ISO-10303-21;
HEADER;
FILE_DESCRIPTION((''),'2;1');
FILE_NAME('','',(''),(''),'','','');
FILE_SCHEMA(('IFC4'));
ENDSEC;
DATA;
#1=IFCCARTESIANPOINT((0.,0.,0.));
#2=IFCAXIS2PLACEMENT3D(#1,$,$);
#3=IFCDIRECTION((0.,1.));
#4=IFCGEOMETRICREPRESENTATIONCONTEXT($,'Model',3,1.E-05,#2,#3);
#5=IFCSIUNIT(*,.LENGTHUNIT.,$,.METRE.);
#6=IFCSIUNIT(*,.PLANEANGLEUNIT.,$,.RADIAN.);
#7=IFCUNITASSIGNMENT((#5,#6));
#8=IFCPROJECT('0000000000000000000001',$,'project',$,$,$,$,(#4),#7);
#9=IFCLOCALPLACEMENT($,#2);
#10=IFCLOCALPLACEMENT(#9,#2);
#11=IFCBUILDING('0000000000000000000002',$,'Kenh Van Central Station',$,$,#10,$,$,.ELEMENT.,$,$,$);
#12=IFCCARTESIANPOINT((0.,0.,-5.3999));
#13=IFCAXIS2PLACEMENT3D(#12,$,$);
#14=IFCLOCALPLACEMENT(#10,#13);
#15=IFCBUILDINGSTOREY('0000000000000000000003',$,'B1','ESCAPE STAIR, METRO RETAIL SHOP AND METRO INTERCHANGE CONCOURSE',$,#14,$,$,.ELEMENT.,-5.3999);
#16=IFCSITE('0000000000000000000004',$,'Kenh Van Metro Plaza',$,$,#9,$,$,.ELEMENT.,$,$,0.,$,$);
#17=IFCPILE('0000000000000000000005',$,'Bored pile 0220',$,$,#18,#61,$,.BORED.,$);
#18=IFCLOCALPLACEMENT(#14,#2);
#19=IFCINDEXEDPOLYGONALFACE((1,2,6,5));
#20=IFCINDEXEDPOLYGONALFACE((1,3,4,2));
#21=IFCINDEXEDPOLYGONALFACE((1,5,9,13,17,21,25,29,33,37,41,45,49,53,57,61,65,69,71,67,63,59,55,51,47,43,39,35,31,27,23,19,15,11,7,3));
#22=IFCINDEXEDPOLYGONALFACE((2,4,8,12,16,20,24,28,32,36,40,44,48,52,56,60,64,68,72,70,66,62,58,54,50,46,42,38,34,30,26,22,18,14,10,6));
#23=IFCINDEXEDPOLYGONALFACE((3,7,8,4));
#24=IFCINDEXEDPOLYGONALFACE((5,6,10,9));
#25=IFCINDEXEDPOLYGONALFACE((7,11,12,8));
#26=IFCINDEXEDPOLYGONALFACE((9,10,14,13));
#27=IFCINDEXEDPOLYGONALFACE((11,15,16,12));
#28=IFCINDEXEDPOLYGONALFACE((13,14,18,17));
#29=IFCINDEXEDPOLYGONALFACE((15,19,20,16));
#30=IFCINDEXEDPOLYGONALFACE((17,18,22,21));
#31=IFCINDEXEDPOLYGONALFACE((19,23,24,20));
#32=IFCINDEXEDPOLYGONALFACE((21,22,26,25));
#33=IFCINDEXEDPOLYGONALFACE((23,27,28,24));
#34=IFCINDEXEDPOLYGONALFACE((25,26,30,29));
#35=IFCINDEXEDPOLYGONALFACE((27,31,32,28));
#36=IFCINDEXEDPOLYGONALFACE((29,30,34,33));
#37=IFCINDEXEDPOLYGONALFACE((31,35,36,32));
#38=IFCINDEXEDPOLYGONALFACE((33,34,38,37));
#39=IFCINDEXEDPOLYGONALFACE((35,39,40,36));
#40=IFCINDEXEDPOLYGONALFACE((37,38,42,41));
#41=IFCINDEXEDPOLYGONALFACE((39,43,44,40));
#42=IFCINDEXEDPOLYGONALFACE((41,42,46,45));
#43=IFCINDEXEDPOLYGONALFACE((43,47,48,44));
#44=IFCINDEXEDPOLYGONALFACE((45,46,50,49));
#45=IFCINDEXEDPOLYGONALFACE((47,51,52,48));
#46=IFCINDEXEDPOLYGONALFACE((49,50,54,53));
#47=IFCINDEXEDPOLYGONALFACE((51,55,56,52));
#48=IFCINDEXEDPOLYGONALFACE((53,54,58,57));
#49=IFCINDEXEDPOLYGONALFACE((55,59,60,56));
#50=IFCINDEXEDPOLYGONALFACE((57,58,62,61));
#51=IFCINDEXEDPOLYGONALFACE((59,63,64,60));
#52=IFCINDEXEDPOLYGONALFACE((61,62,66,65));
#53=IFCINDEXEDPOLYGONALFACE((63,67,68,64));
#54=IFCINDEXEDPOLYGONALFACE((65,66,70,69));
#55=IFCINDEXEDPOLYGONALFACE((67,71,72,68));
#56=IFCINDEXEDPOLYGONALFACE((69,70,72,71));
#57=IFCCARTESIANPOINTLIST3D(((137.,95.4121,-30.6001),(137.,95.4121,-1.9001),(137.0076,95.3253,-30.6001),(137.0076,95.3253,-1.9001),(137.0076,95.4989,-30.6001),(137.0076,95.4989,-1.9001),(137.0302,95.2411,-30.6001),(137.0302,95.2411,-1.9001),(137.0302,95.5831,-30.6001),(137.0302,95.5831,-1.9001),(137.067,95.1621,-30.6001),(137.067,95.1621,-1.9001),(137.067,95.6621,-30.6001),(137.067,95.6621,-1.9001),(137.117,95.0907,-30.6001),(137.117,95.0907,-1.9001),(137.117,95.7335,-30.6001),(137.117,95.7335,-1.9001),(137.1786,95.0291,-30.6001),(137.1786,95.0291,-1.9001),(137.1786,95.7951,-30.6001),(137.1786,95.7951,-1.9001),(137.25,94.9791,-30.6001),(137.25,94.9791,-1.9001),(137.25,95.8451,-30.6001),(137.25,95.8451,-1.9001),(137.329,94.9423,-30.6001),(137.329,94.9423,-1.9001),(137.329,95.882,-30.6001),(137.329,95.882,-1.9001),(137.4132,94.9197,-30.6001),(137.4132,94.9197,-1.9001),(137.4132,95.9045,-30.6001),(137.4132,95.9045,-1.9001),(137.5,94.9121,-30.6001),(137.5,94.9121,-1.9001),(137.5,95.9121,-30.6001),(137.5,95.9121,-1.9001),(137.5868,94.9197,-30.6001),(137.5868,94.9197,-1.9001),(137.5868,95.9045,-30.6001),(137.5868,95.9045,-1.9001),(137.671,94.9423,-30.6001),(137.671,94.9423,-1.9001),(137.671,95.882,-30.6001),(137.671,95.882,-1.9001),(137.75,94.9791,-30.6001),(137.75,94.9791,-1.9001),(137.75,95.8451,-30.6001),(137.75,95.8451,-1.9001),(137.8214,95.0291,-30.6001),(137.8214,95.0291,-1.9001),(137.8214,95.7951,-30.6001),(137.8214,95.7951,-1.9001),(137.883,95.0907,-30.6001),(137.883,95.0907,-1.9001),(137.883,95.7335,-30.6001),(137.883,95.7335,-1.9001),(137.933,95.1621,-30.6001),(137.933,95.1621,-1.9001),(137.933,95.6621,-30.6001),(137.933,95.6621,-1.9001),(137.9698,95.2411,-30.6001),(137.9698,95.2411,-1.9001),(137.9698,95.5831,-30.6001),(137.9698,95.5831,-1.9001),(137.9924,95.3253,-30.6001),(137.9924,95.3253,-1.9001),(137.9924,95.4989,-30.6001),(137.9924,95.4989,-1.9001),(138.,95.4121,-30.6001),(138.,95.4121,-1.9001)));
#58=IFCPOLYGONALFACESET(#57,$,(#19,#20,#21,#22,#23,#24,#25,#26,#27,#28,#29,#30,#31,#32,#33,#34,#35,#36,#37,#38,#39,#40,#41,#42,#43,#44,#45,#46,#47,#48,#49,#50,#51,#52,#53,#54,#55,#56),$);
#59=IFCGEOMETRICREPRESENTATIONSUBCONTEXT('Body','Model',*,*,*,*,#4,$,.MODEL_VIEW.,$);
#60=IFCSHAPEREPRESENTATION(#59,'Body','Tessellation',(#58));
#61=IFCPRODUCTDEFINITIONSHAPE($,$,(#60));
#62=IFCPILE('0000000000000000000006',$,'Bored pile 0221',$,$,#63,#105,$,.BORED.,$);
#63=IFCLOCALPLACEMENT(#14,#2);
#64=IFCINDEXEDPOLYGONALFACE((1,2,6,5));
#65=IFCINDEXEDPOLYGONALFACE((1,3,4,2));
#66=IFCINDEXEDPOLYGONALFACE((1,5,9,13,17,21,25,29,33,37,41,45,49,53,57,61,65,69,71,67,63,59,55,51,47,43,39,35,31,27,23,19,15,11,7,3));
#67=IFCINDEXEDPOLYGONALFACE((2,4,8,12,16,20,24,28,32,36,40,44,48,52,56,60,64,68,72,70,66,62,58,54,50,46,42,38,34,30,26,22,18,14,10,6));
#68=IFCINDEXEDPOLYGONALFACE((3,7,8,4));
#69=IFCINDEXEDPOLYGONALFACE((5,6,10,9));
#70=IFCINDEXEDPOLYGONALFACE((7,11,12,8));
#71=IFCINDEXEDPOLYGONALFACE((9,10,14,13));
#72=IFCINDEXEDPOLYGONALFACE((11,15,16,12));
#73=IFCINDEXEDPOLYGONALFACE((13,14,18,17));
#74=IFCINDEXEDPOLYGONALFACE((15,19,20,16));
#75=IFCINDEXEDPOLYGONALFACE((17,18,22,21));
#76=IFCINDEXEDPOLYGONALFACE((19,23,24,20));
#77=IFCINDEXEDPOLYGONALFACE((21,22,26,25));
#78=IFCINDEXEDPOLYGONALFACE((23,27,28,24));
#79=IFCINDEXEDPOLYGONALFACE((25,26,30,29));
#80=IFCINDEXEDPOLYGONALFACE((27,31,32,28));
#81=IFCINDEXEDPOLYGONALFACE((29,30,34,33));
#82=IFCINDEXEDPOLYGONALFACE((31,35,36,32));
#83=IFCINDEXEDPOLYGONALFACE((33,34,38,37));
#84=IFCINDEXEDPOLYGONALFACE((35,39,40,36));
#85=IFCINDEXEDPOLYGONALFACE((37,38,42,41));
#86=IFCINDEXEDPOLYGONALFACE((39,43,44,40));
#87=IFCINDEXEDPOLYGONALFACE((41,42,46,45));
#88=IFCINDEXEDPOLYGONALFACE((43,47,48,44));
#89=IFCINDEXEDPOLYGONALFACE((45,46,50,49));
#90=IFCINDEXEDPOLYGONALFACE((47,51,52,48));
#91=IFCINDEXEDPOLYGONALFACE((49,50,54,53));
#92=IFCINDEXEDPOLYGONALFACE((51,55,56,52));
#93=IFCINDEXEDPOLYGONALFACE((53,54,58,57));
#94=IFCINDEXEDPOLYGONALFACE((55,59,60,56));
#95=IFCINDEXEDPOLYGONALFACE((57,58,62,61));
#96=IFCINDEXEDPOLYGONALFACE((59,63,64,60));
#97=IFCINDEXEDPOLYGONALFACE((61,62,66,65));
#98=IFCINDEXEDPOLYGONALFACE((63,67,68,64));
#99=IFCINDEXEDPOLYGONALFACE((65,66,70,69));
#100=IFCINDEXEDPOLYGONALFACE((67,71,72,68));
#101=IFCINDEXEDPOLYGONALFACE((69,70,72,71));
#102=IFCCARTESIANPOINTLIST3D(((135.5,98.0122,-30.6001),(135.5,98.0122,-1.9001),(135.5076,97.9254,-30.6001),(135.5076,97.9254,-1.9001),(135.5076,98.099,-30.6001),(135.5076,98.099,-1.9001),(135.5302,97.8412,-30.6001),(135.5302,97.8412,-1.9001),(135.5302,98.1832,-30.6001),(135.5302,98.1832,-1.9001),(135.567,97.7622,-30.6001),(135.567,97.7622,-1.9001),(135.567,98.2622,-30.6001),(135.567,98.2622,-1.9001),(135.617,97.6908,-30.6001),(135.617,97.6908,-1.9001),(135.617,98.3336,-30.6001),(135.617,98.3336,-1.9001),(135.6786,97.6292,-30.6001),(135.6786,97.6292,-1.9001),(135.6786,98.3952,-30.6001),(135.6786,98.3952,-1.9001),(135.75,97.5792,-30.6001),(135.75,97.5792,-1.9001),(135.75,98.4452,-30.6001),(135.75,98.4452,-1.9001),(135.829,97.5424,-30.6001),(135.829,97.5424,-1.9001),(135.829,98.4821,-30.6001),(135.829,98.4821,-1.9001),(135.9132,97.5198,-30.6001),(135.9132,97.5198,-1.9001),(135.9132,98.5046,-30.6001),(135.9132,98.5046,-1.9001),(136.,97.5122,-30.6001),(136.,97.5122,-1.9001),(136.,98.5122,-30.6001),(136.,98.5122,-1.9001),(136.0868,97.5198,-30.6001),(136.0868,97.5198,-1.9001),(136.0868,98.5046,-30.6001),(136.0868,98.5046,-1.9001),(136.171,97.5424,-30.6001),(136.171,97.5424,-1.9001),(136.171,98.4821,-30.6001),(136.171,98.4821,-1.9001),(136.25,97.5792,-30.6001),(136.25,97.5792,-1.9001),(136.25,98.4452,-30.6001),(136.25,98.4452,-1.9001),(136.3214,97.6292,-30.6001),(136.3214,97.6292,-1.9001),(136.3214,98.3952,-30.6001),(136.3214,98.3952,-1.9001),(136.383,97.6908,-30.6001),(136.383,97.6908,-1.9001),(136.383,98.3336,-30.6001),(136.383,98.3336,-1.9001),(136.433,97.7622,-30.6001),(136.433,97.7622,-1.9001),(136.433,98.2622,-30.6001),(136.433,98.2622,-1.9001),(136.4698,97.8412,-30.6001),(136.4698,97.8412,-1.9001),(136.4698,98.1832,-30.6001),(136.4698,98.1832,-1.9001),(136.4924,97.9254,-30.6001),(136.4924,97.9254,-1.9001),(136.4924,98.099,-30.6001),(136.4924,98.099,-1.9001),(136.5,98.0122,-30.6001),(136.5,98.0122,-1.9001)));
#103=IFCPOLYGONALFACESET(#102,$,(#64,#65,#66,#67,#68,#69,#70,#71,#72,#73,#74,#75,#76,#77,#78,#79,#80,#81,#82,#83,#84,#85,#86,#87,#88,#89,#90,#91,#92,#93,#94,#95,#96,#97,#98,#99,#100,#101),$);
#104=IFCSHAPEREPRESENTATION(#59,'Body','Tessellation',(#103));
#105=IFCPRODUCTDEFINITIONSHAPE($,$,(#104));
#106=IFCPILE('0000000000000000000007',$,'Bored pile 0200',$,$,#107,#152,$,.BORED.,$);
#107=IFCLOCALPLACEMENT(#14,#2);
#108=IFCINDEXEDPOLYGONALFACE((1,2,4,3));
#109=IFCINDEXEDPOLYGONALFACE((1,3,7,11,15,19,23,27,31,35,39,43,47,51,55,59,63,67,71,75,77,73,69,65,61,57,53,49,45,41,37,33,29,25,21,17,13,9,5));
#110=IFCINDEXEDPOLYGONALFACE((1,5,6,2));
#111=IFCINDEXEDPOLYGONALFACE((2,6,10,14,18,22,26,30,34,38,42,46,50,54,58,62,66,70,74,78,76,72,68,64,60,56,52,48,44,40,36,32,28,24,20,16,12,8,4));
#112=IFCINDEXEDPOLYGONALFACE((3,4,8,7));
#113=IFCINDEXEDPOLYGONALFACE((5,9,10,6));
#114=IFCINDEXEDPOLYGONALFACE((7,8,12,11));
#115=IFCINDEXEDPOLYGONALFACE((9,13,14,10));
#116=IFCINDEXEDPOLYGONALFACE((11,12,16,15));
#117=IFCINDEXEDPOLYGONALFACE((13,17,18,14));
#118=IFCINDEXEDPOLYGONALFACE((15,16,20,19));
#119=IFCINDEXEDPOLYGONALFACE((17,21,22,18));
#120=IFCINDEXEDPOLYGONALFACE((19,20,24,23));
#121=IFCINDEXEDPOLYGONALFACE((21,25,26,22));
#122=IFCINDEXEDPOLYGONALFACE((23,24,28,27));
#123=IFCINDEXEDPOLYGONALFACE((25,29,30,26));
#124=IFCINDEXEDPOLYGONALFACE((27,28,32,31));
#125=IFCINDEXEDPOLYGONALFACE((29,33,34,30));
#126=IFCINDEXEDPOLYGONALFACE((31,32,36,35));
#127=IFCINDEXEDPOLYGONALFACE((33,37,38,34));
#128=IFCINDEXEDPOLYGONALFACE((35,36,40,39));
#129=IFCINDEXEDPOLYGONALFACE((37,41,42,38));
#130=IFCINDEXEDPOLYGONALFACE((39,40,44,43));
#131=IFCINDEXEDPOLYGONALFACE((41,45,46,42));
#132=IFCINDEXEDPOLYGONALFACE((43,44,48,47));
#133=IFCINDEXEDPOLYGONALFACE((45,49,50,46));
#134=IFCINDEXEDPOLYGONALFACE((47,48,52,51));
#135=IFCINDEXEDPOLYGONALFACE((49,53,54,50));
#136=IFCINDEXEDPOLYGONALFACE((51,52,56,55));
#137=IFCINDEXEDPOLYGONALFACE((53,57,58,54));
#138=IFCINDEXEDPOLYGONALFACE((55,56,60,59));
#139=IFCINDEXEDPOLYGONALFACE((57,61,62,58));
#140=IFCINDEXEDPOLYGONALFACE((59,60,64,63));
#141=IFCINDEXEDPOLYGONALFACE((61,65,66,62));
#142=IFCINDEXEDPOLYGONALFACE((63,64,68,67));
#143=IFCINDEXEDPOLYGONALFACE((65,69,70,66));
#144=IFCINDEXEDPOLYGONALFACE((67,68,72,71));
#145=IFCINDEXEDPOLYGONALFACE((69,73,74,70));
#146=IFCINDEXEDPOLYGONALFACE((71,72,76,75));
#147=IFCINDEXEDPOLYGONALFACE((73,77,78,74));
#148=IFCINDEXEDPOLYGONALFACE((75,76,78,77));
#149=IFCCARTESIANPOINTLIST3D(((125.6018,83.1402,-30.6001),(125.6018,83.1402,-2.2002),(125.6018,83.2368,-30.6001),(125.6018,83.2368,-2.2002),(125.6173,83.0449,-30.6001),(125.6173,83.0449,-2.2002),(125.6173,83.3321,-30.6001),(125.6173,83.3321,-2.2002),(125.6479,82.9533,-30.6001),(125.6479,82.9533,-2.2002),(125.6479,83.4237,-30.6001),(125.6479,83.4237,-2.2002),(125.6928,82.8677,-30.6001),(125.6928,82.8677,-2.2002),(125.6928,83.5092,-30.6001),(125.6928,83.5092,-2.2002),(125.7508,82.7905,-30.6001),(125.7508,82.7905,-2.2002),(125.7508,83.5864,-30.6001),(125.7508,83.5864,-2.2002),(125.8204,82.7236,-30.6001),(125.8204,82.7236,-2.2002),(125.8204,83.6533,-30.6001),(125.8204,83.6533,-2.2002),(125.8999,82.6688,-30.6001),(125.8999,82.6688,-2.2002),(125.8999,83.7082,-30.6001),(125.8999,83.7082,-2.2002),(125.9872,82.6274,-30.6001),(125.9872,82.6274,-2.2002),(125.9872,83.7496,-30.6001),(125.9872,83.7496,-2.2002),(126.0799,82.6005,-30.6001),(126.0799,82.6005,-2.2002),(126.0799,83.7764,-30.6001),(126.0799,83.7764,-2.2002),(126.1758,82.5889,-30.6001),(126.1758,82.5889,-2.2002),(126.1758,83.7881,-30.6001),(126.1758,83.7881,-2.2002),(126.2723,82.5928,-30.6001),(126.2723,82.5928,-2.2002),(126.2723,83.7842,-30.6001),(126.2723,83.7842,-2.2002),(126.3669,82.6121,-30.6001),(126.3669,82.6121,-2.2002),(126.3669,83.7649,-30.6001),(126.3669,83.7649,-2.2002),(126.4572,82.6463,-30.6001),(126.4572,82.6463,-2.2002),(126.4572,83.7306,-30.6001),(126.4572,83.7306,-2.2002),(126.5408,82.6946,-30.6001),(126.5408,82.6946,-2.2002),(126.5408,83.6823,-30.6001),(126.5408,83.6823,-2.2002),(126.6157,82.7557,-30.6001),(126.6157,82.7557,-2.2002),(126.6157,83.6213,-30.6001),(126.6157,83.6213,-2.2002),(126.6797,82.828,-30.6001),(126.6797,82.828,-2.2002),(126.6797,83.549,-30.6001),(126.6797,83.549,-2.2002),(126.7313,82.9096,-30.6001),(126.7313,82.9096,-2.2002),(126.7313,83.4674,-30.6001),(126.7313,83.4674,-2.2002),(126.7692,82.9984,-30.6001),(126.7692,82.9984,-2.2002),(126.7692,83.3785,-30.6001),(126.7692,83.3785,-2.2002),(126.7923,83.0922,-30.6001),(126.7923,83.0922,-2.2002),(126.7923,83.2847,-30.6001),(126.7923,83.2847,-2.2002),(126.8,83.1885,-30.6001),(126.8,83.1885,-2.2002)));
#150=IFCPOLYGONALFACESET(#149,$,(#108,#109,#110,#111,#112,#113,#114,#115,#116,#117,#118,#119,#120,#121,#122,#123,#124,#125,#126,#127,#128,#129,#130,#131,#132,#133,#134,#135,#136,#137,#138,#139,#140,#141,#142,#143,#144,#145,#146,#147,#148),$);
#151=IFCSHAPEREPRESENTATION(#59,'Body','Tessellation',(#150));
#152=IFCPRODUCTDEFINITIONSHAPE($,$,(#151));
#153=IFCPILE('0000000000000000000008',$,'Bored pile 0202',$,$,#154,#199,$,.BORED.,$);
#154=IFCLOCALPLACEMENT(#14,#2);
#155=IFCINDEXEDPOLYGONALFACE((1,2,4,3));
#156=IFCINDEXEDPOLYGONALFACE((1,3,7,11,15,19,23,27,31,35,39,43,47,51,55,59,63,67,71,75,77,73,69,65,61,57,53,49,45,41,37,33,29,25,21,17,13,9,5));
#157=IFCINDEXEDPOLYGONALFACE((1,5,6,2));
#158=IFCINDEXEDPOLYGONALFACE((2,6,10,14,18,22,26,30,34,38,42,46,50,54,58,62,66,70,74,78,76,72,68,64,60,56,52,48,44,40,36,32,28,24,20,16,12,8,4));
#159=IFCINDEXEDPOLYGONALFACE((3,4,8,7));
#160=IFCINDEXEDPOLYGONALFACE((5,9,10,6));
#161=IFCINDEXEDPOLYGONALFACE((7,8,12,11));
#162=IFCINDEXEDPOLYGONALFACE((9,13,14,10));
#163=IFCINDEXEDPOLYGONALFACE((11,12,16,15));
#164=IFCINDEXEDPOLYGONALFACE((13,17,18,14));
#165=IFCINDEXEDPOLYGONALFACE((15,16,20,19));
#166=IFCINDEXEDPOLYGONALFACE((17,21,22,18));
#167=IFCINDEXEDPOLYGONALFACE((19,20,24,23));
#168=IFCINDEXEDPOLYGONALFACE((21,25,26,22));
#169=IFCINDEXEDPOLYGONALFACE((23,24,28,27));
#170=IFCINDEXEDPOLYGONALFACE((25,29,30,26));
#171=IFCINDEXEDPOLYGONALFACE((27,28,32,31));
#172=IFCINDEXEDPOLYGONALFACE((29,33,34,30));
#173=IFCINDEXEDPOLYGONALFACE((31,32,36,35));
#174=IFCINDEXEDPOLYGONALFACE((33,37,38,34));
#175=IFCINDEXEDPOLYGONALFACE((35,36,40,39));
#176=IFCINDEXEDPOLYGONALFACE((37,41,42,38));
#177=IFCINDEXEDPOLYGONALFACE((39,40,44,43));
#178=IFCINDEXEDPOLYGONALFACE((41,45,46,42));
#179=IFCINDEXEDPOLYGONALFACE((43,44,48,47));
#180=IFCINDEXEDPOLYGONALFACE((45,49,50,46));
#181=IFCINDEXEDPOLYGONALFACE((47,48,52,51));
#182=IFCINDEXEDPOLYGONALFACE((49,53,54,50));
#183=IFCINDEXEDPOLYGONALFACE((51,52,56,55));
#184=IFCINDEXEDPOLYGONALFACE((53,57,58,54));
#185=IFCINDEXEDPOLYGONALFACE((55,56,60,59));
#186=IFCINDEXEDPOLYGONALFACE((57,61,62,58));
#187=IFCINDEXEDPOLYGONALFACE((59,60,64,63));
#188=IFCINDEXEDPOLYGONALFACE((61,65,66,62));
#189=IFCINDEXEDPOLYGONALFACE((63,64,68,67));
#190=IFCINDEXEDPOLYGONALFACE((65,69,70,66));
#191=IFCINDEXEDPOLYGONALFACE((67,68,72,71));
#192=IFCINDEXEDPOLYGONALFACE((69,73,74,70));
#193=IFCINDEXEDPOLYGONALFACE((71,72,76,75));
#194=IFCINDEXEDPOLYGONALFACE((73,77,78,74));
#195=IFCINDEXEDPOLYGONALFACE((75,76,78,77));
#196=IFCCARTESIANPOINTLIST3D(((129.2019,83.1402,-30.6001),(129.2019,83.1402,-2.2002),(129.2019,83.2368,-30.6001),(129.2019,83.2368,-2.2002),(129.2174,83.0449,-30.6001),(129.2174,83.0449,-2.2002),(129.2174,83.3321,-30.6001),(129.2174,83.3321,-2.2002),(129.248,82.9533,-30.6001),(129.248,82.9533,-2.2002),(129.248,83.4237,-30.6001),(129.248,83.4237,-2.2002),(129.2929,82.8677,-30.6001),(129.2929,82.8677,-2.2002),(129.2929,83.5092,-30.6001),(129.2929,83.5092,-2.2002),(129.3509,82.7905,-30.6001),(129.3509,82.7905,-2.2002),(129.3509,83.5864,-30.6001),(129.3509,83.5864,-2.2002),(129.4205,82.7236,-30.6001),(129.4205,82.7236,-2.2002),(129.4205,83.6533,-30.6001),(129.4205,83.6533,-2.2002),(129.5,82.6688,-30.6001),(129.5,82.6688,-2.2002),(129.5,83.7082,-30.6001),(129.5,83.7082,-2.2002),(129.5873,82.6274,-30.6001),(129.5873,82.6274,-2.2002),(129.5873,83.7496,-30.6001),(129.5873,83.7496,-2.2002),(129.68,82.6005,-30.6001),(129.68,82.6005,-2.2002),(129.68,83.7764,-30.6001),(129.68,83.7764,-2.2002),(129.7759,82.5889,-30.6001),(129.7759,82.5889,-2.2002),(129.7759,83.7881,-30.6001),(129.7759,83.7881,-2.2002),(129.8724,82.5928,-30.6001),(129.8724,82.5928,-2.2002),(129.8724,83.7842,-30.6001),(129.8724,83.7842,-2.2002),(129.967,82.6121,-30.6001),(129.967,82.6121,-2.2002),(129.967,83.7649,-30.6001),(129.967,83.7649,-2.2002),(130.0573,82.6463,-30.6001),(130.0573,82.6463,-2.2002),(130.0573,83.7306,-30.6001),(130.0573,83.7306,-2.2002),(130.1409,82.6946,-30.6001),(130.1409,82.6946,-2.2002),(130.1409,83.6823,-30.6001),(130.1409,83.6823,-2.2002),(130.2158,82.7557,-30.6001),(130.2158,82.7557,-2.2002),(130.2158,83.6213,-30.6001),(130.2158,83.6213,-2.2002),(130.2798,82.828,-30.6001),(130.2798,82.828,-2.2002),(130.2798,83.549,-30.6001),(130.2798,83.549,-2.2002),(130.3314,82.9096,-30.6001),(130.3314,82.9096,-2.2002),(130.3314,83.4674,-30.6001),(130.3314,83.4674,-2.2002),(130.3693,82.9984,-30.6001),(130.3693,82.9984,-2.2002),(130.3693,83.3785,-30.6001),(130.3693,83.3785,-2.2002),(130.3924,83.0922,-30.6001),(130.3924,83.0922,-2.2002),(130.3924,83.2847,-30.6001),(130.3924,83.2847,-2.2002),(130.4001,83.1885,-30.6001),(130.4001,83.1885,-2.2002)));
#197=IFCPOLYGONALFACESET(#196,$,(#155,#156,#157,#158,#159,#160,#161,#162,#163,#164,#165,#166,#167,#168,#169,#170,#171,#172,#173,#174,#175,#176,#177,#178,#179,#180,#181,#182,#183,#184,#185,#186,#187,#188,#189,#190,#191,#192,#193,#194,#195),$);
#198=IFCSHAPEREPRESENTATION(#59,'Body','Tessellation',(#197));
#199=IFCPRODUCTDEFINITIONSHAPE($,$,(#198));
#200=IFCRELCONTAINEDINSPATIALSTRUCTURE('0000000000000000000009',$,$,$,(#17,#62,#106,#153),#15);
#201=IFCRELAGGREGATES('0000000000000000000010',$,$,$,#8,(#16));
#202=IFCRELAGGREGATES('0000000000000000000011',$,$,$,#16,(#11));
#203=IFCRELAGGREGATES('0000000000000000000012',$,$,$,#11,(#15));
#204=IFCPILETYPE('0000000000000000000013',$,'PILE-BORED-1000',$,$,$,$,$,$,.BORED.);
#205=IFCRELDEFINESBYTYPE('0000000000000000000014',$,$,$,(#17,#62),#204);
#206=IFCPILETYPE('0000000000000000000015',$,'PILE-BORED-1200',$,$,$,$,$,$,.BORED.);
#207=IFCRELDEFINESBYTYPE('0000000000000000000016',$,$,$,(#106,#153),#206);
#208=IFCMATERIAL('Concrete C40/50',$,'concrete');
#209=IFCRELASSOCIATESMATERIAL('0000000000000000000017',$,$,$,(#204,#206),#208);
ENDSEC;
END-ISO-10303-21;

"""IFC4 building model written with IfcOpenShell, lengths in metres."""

from ifc_helpers import new_model, si_unit, direction, frame, origin, origin_2d, place, context, subcontext, project, spatial, circle, extrude, material, material_profile, profile_set, type_object, element, save


model = new_model("IFC4")

# Units and contexts
model_context = context("Model", 3, precision=1e-05, world=origin(), true_north=direction((0.0, 1.0)))
body_context = subcontext(model_context, "Body", "Model", "MODEL_VIEW")
ifc_project = project(units=[si_unit("LENGTHUNIT", "METRE"), si_unit("PLANEANGLEUNIT", "RADIAN")], contexts=[model_context])

# Site, building, storey
site_placement = place(None, origin())
site = spatial("IfcSite", under=ifc_project, at=site_placement, Name="Kenh Van Metro Plaza", CompositionType="ELEMENT", RefElevation=0.0)
building_placement = place(site_placement, origin())
building = spatial("IfcBuilding", under=site, at=building_placement, Name="Kenh Van Central Station", CompositionType="ELEMENT")
storey_placement = place(building_placement, frame((0.0, 0.0, -5.3999)))
storey = spatial("IfcBuildingStorey", under=building, at=storey_placement, Name="B1", Description="ESCAPE STAIR, METRO RETAIL SHOP AND METRO INTERCHANGE CONCOURSE", CompositionType="ELEMENT", Elevation=-5.3999)

# Shared definitions
ifc_material_1 = material(Name="Concrete C40/50", Category="concrete")

# Piles
ifc_material_profile_1 = material_profile(ifc_material_1, circle(Radius=0.5, at=origin_2d()), Name="PILE D1000")
ifc_profile_set_1 = profile_set([ifc_material_profile_1], Name="Concrete C40/50")
pile_type_1 = type_object("IfcPileType", Name="PILE-BORED-1000", PredefinedType="BORED", material=ifc_profile_set_1)
for number, where, z_axis, x_axis, name in (
    (1, (137.5, 95.4121, -1.9001), (0.0, 0.0, -1.0), (1.0, 0.0, 0.0), "Bored pile 0220"),
    (2, (136.0, 98.0122, -1.9001), (0.0, 0.0, -1.0), (1.0, 0.0, 0.0), "Bored pile 0221"),
):
    element("IfcPile", number, at=place(storey_placement, frame(where, z_axis=z_axis, x_axis=x_axis)), inside=storey, type_object=pile_type_1, Name=name, PredefinedType="BORED", context=body_context, shape_type="SweptSolid", body=[
        extrude(circle(Radius=0.5, at=origin_2d()), origin(), (0.0, 0.0, 1.0), 28.7),
    ])
ifc_material_profile_2 = material_profile(ifc_material_1, circle(Radius=0.6001, at=origin_2d()), Name="PILE D1200")
ifc_profile_set_2 = profile_set([ifc_material_profile_2], Name="Concrete C40/50")
pile_type_2 = type_object("IfcPileType", Name="PILE-BORED-1200", PredefinedType="BORED", material=ifc_profile_set_2)
for number, where, z_axis, x_axis, name in (
    (3, (126.2, 83.1885, -2.2002), (0.0, 0.0, -1.0), (1.0, 0.0, 0.0), "Bored pile 0200"),
    (4, (129.8, 83.1885, -2.2002), (0.0, 0.0, -1.0), (1.0, 0.0, 0.0), "Bored pile 0202"),
):
    element("IfcPile", number, at=place(storey_placement, frame(where, z_axis=z_axis, x_axis=x_axis)), inside=storey, type_object=pile_type_2, Name=name, PredefinedType="BORED", context=body_context, shape_type="SweptSolid", body=[
        extrude(circle(Radius=0.6001, at=origin_2d()), origin(), (0.0, 0.0, 1.0), 28.3999),
    ])

save(model, "model.ifc")
